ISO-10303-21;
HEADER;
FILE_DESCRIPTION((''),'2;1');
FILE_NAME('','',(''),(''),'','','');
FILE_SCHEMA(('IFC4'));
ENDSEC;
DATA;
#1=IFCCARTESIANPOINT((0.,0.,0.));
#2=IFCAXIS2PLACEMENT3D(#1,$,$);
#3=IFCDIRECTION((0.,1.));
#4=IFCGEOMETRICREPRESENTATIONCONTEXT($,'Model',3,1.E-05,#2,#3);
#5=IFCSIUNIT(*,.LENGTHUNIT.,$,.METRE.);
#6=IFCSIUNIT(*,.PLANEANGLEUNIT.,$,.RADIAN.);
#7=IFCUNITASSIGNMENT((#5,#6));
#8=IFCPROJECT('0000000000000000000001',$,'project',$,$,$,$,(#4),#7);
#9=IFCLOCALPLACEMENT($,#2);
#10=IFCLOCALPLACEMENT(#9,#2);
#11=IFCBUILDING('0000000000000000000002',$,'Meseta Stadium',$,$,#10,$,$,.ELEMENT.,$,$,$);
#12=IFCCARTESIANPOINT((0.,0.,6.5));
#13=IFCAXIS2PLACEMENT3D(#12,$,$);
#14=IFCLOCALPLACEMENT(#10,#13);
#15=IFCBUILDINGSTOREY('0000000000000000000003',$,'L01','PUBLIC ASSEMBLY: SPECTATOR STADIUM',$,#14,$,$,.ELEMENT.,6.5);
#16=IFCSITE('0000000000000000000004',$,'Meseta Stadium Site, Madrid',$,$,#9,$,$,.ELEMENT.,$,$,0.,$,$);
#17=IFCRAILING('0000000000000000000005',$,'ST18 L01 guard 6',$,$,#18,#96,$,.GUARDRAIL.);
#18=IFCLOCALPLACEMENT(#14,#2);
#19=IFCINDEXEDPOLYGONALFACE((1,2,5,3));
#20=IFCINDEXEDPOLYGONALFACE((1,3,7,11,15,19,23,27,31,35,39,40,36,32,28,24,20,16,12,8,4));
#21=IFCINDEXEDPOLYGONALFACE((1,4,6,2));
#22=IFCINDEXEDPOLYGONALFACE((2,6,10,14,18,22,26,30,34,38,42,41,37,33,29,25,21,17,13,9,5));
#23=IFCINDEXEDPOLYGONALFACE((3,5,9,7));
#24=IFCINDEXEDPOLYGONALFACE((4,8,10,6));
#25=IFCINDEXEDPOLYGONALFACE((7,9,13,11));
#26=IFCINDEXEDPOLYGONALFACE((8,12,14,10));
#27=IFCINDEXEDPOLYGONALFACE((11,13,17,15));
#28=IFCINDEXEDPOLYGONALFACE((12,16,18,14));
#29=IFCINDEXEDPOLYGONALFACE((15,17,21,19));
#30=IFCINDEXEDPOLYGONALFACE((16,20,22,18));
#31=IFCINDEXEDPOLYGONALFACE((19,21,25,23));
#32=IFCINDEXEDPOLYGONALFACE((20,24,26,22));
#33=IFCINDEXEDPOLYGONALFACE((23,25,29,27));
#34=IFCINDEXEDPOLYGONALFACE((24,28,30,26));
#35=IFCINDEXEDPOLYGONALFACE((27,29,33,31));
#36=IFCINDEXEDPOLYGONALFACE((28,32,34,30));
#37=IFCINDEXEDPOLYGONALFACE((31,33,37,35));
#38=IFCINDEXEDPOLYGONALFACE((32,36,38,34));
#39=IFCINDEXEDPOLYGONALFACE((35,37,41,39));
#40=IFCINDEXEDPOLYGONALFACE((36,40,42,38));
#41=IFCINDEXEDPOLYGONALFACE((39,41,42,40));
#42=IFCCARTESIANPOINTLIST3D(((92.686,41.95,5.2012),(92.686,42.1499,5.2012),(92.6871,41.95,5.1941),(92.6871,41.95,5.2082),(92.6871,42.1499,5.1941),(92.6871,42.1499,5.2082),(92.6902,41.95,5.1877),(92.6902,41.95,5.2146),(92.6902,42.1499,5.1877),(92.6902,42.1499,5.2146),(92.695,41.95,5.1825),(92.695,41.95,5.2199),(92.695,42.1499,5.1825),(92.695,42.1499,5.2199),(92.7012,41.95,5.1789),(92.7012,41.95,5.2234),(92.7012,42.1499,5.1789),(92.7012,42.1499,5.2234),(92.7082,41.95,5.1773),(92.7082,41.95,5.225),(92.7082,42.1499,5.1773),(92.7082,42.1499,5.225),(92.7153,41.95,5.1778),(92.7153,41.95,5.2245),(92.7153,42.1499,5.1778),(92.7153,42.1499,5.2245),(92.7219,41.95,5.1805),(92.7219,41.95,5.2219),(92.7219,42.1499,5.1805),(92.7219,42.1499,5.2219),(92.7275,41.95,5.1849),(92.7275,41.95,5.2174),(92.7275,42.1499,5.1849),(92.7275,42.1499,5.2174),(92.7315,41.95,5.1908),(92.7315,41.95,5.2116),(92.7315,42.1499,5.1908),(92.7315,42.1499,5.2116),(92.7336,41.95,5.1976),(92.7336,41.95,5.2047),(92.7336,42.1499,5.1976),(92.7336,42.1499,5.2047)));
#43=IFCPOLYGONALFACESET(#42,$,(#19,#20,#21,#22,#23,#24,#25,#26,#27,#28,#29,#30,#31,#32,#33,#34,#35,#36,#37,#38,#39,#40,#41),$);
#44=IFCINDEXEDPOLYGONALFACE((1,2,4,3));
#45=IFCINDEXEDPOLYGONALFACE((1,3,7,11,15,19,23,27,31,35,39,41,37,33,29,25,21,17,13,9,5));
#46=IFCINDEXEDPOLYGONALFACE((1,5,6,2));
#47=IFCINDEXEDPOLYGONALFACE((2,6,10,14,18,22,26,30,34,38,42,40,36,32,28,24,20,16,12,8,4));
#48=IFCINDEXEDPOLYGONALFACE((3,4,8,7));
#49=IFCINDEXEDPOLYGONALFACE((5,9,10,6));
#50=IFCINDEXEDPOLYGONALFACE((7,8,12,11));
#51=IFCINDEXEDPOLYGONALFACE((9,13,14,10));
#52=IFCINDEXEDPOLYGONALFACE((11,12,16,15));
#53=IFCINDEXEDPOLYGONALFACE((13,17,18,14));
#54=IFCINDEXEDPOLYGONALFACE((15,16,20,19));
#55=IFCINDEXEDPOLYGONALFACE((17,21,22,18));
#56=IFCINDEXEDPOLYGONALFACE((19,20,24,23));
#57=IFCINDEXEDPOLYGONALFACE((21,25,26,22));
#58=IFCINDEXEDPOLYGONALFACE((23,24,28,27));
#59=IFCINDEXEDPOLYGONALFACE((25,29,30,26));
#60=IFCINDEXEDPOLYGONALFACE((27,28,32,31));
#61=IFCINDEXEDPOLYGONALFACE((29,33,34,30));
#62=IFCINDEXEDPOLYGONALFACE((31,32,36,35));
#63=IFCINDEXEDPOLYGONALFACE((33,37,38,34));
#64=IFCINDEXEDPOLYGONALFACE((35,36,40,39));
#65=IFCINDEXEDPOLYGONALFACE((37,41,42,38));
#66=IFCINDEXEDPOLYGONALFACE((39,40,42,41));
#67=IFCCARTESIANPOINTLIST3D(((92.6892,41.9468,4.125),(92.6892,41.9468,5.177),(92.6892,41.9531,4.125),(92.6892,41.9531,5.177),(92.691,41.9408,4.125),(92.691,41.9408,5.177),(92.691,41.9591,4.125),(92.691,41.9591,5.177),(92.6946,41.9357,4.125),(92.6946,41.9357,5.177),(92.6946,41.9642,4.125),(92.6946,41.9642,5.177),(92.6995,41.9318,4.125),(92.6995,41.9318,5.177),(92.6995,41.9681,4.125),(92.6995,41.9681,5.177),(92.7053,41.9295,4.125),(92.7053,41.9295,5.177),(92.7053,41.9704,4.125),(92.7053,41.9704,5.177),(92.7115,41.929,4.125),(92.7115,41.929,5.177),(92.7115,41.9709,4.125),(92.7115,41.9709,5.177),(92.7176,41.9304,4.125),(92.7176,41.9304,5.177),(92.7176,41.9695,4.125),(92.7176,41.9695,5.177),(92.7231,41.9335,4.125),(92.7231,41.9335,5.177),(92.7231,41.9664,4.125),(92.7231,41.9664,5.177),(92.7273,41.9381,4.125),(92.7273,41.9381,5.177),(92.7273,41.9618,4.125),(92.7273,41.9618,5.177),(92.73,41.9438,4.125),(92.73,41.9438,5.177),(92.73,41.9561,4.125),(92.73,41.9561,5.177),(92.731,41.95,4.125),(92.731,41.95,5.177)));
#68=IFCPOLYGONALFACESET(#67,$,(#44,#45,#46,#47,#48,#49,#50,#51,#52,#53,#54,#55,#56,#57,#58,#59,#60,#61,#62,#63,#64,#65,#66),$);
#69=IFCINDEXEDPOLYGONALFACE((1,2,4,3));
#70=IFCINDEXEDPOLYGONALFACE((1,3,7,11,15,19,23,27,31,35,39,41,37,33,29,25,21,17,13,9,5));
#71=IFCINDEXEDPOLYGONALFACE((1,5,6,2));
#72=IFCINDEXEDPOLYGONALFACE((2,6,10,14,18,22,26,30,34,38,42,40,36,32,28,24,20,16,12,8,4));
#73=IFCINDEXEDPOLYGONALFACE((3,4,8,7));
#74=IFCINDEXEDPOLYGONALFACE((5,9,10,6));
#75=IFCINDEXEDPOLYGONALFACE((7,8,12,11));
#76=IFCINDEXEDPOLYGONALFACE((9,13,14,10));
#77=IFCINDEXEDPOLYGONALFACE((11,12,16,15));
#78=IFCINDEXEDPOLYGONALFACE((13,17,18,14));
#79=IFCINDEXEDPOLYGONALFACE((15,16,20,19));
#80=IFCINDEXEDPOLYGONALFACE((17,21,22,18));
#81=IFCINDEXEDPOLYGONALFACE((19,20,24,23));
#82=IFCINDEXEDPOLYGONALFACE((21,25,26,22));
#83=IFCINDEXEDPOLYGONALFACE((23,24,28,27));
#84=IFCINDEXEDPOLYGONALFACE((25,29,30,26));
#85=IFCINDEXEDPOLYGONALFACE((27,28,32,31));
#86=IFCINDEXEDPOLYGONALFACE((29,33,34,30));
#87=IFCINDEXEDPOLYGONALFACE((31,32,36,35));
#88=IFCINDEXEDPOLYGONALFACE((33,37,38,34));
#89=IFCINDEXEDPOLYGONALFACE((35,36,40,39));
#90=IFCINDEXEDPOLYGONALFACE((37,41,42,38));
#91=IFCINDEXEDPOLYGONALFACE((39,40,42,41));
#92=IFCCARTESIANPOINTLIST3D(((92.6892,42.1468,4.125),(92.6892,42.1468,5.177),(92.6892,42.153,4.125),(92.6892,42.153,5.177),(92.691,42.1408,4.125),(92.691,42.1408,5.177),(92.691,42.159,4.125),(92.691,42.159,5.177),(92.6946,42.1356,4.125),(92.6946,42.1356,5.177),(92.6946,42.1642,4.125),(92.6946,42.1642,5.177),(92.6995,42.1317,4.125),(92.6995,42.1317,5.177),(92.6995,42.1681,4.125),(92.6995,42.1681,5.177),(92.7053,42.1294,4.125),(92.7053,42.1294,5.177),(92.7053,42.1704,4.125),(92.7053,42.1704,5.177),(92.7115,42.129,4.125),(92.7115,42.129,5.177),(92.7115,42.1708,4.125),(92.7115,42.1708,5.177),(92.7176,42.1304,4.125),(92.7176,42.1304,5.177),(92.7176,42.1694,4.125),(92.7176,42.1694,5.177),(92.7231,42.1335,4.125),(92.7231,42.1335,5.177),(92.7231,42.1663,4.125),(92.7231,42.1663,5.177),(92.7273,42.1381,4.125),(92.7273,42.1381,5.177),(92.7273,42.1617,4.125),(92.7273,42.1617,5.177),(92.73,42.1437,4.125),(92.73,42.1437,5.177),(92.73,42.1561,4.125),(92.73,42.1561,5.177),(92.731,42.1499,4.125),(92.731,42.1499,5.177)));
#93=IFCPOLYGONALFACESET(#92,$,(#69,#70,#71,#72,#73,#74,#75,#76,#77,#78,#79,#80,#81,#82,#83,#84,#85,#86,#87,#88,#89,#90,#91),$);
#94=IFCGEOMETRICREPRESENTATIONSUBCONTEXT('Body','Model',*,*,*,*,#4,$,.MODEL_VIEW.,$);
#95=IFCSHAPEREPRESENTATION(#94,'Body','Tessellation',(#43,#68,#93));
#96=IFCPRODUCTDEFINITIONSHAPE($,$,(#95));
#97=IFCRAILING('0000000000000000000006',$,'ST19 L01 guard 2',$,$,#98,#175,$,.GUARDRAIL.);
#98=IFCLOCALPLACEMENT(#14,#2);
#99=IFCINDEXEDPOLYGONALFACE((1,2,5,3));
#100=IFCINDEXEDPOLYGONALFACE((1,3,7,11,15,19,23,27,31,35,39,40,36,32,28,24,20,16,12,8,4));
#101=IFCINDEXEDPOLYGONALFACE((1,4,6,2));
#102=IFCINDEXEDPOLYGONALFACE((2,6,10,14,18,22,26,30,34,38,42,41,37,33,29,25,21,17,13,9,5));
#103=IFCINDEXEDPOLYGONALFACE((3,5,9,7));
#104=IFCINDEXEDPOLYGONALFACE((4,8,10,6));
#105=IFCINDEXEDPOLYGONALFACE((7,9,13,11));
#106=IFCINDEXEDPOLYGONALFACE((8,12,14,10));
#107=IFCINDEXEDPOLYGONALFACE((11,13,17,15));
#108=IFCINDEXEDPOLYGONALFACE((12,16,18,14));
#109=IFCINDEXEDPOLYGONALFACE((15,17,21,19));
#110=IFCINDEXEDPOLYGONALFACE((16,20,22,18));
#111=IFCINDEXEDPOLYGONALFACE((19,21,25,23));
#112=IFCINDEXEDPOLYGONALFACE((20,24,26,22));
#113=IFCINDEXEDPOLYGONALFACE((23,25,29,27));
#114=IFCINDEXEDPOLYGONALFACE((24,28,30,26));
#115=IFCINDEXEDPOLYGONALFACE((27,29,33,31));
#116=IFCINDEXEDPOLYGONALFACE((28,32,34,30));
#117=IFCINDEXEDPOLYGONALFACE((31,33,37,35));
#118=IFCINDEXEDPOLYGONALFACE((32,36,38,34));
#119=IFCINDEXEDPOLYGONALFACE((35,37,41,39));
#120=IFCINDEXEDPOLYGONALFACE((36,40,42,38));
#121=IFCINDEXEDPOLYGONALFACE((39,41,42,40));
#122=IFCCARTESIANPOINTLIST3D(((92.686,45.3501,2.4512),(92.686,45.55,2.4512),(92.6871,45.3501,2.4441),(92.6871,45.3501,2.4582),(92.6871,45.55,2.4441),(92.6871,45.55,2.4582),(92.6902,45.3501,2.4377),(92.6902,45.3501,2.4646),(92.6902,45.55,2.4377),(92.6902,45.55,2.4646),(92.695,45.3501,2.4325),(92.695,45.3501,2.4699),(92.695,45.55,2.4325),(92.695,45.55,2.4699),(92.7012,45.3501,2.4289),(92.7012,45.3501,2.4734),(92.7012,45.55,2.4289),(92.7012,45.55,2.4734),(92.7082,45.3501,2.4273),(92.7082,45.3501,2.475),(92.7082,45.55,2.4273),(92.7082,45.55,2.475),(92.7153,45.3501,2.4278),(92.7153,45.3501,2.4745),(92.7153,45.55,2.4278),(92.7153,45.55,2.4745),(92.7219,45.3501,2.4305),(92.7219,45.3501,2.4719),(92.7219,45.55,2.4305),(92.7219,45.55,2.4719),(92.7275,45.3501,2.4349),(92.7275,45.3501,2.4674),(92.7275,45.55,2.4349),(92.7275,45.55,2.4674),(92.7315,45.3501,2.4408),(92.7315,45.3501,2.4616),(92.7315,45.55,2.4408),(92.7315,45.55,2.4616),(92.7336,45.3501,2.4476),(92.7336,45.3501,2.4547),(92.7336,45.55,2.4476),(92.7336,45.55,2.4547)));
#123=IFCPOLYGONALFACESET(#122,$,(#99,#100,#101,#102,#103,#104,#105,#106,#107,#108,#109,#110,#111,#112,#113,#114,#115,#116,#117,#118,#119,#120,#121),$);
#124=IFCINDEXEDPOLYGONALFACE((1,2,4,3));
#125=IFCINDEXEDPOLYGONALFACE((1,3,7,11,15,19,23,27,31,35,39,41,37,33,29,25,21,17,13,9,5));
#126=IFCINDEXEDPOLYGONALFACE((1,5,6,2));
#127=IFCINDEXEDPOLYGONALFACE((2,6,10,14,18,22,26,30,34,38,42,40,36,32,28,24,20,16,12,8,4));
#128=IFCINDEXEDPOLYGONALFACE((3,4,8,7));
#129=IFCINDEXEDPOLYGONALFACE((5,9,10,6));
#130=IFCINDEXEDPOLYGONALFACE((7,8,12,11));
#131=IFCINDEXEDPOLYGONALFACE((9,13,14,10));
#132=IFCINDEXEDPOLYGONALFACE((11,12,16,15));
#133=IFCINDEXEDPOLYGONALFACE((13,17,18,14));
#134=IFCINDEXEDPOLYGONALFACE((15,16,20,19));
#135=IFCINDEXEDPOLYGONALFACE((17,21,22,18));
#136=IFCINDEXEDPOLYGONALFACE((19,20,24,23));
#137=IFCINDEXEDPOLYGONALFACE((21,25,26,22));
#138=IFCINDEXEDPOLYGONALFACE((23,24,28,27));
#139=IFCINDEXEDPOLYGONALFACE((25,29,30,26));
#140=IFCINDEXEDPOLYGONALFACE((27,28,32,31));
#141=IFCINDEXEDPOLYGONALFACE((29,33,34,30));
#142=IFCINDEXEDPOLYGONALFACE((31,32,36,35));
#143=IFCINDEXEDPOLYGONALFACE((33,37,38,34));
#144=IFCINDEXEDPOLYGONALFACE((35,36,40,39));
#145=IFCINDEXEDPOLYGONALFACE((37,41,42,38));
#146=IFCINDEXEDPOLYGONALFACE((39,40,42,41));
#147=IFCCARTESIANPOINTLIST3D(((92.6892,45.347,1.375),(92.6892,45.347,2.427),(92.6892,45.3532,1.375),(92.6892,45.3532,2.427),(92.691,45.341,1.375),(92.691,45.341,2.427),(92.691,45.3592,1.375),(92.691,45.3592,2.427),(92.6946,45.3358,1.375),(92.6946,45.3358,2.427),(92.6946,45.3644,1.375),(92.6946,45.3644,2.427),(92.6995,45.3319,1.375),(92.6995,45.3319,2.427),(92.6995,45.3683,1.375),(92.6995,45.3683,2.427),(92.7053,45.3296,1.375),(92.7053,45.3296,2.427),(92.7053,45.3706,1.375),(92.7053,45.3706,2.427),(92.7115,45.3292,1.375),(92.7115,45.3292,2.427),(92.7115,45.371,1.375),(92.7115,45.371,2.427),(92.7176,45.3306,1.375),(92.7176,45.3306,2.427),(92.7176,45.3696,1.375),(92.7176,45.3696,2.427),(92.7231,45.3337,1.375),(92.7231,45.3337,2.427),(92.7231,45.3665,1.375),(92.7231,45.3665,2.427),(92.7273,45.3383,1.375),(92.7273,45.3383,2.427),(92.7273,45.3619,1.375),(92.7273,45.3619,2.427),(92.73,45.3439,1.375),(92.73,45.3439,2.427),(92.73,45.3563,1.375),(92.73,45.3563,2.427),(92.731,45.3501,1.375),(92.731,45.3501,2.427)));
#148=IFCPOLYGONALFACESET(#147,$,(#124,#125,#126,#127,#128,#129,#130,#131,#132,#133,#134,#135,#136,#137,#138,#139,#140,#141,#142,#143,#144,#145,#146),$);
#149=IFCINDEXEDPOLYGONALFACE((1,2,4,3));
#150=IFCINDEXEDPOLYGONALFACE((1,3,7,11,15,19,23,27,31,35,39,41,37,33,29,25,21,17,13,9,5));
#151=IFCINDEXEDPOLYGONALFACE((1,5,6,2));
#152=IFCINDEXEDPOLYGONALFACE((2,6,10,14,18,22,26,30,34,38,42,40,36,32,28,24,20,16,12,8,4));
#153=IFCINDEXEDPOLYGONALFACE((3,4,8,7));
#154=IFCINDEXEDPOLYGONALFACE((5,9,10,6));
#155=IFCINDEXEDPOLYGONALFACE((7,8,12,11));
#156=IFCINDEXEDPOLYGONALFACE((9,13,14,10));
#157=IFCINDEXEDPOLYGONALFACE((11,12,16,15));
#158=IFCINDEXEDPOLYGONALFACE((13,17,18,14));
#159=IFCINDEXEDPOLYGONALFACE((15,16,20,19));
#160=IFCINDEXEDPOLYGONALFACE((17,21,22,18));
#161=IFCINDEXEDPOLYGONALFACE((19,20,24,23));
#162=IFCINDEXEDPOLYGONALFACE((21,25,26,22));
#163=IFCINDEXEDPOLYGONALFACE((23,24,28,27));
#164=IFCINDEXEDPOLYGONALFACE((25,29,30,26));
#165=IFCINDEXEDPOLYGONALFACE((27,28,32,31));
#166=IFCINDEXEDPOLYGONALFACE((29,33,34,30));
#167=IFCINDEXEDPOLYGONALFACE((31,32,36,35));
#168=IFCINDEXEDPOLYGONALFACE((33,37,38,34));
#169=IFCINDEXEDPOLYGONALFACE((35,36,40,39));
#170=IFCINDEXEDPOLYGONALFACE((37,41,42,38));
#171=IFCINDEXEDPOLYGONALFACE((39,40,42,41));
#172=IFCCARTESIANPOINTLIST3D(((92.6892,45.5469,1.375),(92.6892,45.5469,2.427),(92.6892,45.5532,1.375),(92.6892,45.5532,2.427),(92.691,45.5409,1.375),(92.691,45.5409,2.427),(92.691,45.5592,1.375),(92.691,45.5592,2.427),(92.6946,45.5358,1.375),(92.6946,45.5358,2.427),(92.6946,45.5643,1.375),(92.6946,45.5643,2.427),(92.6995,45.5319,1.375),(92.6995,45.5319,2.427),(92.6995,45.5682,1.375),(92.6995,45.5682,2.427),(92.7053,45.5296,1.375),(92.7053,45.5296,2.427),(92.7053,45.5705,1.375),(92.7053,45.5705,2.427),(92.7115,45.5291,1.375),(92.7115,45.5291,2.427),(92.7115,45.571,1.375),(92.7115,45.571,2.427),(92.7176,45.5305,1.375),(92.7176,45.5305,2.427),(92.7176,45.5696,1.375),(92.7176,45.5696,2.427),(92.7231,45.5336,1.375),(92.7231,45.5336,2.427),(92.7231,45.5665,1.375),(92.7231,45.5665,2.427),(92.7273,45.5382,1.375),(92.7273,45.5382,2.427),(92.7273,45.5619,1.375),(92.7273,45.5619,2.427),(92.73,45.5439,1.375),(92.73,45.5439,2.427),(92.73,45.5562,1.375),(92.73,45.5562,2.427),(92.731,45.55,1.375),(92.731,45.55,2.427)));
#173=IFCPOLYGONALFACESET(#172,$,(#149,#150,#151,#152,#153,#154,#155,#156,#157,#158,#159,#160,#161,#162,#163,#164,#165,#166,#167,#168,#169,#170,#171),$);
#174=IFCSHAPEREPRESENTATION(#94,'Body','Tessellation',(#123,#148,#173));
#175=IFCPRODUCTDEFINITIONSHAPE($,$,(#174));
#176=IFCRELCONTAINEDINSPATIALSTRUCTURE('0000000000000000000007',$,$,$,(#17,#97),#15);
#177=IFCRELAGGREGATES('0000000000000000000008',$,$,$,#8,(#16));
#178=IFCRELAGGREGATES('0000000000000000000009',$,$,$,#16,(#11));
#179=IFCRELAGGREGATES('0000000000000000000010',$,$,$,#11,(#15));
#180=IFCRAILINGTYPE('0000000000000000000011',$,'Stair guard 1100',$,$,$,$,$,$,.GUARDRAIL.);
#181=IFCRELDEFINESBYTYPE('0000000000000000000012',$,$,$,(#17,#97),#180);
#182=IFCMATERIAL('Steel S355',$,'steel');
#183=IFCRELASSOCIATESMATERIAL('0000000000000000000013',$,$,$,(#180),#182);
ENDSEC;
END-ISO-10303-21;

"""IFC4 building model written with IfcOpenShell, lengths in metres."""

from ifc_helpers import new_model, si_unit, direction, frame, origin, origin_2d, place, context, subcontext, project, spatial, circle, extrude, material, type_object, element, save


model = new_model("IFC4")

# Units and contexts
model_context = context("Model", 3, precision=1e-05, world=origin(), true_north=direction((0.0, 1.0)))
body_context = subcontext(model_context, "Body", "Model", "MODEL_VIEW")
ifc_project = project(units=[si_unit("LENGTHUNIT", "METRE"), si_unit("PLANEANGLEUNIT", "RADIAN")], contexts=[model_context])

# Site, building, storey
site_placement = place(None, origin())
site = spatial("IfcSite", under=ifc_project, at=site_placement, Name="Meseta Stadium Site, Madrid", CompositionType="ELEMENT", RefElevation=0.0)
building_placement = place(site_placement, origin())
building = spatial("IfcBuilding", under=site, at=building_placement, Name="Meseta Stadium", CompositionType="ELEMENT")
storey_placement = place(building_placement, frame((0.0, 0.0, 6.5)))
storey = spatial("IfcBuildingStorey", under=building, at=storey_placement, Name="L01", Description="PUBLIC ASSEMBLY: SPECTATOR STADIUM", CompositionType="ELEMENT", Elevation=6.5)

# Railings
ifc_material_1 = material(Name="Steel S355", Category="steel")
railing_type_1 = type_object("IfcRailingType", Name="Stair guard 1100", PredefinedType="GUARDRAIL", material=ifc_material_1)
for number, where, name in (
    (1, (92.71, 41.95, 4.125), "ST18 L01 guard 6"),
    (2, (92.71, 45.3501, 1.375), "ST19 L01 guard 2"),
):
    element("IfcRailing", number, at=place(storey_placement, frame(where)), inside=storey, type_object=railing_type_1, Name=name, PredefinedType="GUARDRAIL", context=body_context, shape_type="SweptSolid", body=[
        extrude(circle(Radius=0.0239, at=origin_2d()), frame((0.0, 0.0, 1.0762), z_axis=(0.0, 1.0, 0.0), x_axis=(-1.0, 0.0, 0.0)), (0.0, 0.0, 1.0), 0.2),
        extrude(circle(Radius=0.021, at=origin_2d()), origin(), (0.0, 0.0, 1.0), 1.052),
        extrude(circle(Radius=0.021, at=origin_2d()), frame((0.0, 0.2, 0.0)), (0.0, 0.0, 1.0), 1.052),
    ])

save(model, "model.ifc")
